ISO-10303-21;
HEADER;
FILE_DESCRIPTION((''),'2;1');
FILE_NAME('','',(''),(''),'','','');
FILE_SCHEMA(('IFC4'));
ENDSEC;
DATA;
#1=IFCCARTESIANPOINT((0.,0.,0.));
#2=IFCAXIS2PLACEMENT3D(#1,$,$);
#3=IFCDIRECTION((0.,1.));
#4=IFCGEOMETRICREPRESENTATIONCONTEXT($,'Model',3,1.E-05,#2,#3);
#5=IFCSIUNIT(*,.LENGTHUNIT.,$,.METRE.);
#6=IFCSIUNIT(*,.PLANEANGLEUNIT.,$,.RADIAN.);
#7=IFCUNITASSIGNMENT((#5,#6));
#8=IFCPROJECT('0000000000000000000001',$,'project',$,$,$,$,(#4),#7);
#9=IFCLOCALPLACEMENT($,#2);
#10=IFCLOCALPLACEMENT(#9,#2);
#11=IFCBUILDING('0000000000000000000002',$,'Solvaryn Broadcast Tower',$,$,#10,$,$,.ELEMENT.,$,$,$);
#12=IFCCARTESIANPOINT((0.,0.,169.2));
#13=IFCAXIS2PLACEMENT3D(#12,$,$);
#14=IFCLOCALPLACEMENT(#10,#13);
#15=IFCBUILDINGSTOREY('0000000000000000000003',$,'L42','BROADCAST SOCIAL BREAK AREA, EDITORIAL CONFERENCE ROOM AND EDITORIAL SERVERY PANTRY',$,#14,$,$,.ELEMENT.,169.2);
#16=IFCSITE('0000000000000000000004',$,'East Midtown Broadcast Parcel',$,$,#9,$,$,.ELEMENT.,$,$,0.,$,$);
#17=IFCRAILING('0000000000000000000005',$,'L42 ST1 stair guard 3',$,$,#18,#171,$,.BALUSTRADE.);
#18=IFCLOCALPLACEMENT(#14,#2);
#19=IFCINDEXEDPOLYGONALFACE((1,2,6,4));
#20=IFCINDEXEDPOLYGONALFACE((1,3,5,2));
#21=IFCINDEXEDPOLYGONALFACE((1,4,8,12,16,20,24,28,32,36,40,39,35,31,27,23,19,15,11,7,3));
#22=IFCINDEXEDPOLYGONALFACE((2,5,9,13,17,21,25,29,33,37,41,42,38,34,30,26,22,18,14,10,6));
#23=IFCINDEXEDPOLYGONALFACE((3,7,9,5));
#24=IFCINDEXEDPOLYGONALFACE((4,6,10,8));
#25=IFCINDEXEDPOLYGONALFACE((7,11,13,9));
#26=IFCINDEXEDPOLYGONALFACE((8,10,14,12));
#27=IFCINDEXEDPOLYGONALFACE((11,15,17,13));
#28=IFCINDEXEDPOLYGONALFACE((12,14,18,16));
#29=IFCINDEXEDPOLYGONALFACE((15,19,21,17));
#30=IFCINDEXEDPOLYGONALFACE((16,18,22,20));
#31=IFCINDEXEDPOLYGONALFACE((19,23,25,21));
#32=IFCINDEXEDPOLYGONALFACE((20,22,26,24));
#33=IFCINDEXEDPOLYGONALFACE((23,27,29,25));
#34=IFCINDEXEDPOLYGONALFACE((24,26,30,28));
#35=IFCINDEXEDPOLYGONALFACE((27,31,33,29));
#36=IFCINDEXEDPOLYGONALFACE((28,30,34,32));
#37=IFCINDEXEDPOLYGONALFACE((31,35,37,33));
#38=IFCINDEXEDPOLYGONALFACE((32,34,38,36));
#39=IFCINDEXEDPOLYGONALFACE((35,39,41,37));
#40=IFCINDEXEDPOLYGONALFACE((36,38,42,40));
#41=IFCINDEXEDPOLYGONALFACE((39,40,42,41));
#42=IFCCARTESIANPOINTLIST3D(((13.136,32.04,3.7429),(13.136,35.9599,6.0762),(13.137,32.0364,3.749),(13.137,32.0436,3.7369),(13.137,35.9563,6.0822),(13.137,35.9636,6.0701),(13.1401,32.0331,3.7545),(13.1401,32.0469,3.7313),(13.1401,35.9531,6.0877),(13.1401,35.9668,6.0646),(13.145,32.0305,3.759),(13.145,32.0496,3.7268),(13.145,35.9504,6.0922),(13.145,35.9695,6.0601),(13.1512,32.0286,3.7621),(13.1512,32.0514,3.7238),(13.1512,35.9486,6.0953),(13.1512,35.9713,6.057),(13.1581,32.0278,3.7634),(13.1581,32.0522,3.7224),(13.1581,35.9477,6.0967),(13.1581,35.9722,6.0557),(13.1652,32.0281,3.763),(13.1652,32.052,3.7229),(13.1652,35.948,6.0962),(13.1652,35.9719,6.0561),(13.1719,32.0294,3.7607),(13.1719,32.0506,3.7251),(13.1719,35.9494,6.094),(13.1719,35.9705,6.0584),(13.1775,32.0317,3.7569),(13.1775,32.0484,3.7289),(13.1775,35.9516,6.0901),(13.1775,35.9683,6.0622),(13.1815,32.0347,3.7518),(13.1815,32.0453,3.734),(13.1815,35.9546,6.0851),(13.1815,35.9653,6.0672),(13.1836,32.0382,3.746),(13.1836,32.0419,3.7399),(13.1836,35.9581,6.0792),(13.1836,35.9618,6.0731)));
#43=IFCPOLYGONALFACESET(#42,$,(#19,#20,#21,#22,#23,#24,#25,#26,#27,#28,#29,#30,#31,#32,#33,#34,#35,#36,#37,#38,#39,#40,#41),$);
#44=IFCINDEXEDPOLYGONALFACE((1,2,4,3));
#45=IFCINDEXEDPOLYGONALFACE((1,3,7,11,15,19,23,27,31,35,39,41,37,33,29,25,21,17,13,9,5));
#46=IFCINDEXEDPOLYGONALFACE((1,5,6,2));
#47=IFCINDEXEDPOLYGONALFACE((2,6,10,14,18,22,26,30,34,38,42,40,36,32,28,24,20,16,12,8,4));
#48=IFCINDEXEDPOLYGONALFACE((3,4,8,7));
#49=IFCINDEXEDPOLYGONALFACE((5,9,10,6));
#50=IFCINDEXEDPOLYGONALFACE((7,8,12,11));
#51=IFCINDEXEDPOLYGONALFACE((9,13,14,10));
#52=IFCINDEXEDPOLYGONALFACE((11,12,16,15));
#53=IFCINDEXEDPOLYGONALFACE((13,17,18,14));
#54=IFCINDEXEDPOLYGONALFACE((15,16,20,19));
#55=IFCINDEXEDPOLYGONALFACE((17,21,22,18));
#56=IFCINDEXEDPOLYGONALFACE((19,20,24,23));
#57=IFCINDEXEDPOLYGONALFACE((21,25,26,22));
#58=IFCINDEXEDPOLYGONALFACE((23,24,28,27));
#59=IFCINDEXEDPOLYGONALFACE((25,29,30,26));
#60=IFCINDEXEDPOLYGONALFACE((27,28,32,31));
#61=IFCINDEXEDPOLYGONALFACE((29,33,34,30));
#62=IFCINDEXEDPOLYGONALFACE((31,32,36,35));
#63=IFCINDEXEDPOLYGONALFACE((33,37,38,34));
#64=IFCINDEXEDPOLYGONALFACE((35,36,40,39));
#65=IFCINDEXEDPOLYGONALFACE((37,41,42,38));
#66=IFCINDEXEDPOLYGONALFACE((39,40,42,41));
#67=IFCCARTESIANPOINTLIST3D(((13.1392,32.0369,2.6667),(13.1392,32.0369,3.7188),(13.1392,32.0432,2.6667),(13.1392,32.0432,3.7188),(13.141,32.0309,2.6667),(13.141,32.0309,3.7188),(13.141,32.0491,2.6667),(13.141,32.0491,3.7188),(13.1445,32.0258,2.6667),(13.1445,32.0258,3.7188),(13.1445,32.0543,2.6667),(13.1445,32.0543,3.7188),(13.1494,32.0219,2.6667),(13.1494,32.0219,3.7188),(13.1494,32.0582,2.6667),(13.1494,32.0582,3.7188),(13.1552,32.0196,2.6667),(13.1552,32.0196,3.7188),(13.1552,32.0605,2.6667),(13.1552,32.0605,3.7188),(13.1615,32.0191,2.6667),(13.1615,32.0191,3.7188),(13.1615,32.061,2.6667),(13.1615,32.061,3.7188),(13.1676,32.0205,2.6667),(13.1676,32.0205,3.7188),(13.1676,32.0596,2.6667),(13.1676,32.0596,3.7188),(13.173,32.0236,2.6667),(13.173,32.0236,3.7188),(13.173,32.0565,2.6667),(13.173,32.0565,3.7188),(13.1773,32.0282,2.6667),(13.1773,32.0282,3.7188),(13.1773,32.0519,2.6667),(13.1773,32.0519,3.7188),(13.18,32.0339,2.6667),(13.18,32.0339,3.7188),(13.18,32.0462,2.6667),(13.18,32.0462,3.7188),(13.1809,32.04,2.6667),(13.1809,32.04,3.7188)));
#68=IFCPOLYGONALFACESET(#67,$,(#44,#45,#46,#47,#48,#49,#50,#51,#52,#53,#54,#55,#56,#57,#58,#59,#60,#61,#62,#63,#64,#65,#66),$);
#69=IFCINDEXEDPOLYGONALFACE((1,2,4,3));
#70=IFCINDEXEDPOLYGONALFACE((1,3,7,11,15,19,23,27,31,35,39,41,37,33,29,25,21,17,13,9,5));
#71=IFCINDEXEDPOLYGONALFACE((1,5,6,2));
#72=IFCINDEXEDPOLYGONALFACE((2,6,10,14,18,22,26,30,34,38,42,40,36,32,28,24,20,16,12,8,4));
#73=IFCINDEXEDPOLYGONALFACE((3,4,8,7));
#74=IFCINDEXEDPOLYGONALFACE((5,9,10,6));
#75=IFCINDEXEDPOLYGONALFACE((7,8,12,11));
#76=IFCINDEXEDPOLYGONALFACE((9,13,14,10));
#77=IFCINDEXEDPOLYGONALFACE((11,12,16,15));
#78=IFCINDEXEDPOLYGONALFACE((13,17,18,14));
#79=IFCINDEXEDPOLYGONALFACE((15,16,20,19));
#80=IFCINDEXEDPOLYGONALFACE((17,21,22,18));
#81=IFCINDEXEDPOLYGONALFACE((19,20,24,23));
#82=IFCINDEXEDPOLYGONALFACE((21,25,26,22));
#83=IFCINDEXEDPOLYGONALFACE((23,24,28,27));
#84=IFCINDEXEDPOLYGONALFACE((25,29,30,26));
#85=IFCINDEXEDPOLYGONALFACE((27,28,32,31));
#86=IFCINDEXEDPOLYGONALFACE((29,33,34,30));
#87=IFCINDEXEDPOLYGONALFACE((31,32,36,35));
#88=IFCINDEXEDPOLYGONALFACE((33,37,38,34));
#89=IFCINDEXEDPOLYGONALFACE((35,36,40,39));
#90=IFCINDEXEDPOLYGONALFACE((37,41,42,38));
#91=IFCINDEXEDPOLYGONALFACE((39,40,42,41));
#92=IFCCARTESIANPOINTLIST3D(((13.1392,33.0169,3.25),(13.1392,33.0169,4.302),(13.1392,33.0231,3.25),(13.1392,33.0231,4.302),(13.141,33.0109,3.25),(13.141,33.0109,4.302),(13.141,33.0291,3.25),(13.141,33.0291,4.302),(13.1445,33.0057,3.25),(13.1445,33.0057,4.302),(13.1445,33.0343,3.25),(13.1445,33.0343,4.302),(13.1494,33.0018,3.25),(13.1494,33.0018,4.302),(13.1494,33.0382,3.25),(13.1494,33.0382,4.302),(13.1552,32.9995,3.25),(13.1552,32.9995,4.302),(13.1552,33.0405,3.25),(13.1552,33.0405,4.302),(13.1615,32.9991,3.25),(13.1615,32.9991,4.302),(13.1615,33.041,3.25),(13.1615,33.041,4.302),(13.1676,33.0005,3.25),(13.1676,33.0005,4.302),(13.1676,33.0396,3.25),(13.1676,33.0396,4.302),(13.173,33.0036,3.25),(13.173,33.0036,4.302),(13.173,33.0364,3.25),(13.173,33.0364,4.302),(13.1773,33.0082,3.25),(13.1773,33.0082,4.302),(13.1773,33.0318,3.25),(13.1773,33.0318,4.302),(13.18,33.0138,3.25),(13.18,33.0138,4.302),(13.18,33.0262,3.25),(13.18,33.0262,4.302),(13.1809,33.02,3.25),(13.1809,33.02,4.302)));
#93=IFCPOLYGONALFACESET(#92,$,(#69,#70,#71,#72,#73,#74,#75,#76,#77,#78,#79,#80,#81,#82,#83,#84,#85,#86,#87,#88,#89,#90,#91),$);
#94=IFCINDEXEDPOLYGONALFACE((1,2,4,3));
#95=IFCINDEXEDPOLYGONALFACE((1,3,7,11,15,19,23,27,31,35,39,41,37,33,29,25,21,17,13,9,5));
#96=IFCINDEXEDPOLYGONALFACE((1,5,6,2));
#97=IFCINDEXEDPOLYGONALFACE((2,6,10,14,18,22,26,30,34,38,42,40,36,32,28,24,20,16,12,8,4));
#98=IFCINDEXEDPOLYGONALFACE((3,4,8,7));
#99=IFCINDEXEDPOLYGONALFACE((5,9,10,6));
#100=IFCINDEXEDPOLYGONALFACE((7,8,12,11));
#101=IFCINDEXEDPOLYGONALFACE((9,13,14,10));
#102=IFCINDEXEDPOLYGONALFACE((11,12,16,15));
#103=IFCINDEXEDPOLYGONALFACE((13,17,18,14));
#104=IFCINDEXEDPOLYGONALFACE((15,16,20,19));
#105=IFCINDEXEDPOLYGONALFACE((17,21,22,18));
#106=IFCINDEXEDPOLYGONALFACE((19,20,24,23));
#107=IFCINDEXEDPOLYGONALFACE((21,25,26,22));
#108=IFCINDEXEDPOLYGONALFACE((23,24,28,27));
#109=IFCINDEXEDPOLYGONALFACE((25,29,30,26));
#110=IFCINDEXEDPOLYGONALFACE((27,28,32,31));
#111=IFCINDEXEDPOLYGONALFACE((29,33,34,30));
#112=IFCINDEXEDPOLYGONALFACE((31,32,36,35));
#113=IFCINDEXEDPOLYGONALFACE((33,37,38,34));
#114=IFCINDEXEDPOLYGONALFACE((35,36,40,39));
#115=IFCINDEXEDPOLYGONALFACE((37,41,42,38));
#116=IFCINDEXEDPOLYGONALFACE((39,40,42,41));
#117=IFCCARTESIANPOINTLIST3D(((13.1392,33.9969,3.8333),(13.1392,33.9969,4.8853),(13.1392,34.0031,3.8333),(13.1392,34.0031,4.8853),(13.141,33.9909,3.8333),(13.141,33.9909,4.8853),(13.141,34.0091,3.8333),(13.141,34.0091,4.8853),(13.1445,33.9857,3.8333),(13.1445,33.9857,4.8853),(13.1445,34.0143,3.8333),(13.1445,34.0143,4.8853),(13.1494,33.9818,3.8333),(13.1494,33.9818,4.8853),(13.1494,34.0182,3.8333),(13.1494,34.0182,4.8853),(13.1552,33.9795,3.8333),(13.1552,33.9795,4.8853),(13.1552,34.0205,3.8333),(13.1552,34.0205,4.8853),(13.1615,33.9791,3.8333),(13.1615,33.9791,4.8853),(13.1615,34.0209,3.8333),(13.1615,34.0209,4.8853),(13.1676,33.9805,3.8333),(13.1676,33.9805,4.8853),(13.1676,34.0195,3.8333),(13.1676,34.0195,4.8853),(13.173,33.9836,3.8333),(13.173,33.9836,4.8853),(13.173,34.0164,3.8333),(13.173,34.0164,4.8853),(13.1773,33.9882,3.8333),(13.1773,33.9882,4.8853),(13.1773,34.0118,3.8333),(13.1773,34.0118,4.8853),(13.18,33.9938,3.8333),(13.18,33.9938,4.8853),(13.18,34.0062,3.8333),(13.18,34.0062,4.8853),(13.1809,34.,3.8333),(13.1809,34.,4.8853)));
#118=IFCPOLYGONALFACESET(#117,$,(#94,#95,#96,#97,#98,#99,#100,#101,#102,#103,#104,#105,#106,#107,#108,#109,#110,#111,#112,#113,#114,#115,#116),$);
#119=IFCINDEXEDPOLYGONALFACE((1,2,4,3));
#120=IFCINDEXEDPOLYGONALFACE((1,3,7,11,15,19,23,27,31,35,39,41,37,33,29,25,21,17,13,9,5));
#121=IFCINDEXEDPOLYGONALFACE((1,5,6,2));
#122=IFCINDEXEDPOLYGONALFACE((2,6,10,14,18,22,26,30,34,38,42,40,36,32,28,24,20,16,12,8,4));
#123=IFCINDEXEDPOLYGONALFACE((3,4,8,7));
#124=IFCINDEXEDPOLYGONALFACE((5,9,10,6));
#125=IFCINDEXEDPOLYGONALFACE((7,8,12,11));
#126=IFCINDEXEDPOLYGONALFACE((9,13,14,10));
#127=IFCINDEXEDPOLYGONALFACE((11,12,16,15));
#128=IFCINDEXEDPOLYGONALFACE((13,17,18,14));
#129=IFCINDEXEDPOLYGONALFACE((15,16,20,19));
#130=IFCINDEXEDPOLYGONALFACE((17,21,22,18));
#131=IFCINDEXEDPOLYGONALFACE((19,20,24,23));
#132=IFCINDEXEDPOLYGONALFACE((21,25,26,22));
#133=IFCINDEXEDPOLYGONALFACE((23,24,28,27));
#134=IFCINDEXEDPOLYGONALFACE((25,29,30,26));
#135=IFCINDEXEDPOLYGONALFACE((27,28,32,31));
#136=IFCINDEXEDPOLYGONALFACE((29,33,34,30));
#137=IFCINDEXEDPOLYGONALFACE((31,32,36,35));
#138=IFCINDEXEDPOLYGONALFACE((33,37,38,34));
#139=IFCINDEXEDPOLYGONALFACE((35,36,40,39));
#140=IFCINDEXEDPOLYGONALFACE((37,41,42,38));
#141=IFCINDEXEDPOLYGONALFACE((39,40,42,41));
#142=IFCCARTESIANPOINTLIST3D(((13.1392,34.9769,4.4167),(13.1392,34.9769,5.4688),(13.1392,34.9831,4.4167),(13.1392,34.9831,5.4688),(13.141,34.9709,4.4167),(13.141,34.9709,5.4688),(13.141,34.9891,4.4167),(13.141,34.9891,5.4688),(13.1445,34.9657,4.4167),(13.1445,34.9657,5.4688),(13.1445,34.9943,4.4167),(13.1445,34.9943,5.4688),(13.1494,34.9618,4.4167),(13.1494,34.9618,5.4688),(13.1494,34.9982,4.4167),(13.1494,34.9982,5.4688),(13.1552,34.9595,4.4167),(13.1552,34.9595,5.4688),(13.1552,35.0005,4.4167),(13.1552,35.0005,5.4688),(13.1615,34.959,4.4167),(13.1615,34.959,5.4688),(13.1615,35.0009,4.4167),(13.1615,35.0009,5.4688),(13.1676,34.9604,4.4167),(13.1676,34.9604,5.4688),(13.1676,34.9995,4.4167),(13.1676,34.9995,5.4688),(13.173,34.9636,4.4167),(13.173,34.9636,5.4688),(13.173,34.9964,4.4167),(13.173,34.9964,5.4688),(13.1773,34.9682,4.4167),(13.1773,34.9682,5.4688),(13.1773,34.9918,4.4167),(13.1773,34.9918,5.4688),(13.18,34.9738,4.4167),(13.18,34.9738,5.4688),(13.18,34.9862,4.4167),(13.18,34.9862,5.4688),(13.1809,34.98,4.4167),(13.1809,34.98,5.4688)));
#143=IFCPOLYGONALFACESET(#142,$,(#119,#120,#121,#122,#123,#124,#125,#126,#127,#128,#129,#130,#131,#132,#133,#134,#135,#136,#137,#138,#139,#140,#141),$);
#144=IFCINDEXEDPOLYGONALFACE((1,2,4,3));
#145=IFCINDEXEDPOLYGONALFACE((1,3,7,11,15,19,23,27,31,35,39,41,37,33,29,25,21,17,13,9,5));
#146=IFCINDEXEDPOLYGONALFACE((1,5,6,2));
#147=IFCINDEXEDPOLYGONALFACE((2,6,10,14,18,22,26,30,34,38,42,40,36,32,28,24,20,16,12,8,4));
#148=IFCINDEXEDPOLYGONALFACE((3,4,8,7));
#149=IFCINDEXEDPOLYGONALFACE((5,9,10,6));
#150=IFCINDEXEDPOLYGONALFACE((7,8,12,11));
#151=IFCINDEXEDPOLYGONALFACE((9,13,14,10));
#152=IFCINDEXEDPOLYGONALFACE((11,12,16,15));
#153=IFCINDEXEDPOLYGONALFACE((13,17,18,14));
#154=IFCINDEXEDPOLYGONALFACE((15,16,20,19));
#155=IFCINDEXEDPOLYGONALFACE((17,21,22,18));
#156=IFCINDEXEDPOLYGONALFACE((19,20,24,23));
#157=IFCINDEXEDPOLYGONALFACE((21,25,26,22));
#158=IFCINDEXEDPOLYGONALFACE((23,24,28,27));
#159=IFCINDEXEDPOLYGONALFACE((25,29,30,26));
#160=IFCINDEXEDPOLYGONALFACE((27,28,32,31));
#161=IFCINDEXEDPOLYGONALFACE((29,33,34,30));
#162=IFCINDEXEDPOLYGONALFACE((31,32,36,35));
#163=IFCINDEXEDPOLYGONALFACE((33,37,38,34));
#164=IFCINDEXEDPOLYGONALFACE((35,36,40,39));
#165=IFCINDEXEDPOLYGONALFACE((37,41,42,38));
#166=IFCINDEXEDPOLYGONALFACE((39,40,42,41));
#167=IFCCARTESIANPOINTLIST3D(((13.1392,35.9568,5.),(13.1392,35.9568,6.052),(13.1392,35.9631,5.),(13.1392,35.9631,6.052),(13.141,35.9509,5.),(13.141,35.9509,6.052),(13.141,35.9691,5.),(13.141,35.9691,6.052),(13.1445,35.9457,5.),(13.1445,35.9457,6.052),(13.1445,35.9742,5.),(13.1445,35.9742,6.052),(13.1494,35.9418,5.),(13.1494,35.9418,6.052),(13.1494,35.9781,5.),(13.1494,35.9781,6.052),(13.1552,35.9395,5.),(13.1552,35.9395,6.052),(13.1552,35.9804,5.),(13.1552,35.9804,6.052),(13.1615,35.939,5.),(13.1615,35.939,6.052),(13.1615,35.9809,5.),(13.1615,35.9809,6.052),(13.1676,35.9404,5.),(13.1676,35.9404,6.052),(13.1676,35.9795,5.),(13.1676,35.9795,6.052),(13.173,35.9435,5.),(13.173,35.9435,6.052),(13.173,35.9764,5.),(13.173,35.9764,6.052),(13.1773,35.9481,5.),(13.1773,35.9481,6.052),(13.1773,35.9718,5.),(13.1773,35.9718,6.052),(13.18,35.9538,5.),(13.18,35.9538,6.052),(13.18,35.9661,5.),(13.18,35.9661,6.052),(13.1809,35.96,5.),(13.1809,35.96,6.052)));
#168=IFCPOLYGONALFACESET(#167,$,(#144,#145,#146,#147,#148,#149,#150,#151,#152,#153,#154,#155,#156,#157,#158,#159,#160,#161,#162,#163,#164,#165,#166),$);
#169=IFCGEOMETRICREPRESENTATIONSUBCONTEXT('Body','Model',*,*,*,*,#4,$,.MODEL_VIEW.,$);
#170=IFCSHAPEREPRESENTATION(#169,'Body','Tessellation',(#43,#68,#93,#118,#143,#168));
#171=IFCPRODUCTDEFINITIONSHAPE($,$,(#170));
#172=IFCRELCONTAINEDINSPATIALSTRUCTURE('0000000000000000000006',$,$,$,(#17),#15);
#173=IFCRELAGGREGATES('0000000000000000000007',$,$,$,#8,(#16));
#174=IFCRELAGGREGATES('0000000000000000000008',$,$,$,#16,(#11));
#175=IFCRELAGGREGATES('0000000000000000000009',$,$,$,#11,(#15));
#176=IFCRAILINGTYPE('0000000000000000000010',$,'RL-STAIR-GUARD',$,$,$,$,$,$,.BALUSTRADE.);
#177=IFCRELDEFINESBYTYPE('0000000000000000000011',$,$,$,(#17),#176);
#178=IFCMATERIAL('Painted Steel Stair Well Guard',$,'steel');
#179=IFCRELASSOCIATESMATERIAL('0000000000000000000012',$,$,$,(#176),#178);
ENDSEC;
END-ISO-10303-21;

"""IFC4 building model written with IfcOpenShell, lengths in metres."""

from ifc_helpers import new_model, si_unit, direction, frame, origin, origin_2d, place, context, subcontext, project, spatial, circle, extrude, material, type_object, element, save


model = new_model("IFC4")

# Units and contexts
model_context = context("Model", 3, precision=1e-05, world=origin(), true_north=direction((0.0, 1.0)))
body_context = subcontext(model_context, "Body", "Model", "MODEL_VIEW")
ifc_project = project(units=[si_unit("LENGTHUNIT", "METRE"), si_unit("PLANEANGLEUNIT", "RADIAN")], contexts=[model_context])

# Site, building, storey
site_placement = place(None, origin())
site = spatial("IfcSite", under=ifc_project, at=site_placement, Name="East Midtown Broadcast Parcel", CompositionType="ELEMENT", RefElevation=0.0)
building_placement = place(site_placement, origin())
building = spatial("IfcBuilding", under=site, at=building_placement, Name="Solvaryn Broadcast Tower", CompositionType="ELEMENT")
storey_placement = place(building_placement, frame((0.0, 0.0, 169.2)))
storey = spatial("IfcBuildingStorey", under=building, at=storey_placement, Name="L42", Description="BROADCAST SOCIAL BREAK AREA, EDITORIAL CONFERENCE ROOM AND EDITORIAL SERVERY PANTRY", CompositionType="ELEMENT", Elevation=169.2)

# Railing
ifc_material_1 = material(Name="Painted Steel Stair Well Guard", Category="steel")
railing_type_1 = type_object("IfcRailingType", Name="RL-STAIR-GUARD", PredefinedType="BALUSTRADE", material=ifc_material_1)
railing_1_placement = place(storey_placement, frame((13.1599, 32.04, 2.6667)))
element("IfcRailing", 1, at=railing_1_placement, inside=storey, type_object=railing_type_1, Name="L42 ST1 stair guard 3", PredefinedType="BALUSTRADE", context=body_context, shape_type="SweptSolid", body=[
    extrude(circle(Radius=0.0239, at=origin_2d()), frame((0.0, 0.0, 1.0762), z_axis=(0.0, 0.859296, 0.511478), x_axis=(-1.0, 0.0, 0.0)), (0.0, 0.0, 1.0), 4.5618),
    extrude(circle(Radius=0.021, at=origin_2d()), origin(), (0.0, 0.0, 1.0), 1.052),
    extrude(circle(Radius=0.021, at=origin_2d()), frame((0.0, 0.98, 0.5833)), (0.0, 0.0, 1.0), 1.052),
    extrude(circle(Radius=0.021, at=origin_2d()), frame((0.0, 1.96, 1.1665)), (0.0, 0.0, 1.0), 1.052),
    extrude(circle(Radius=0.021, at=origin_2d()), frame((0.0, 2.9399, 1.75)), (0.0, 0.0, 1.0), 1.052),
    extrude(circle(Radius=0.021, at=origin_2d()), frame((0.0, 3.9199, 2.3333)), (0.0, 0.0, 1.0), 1.052),
])

save(model, "model.ifc")
